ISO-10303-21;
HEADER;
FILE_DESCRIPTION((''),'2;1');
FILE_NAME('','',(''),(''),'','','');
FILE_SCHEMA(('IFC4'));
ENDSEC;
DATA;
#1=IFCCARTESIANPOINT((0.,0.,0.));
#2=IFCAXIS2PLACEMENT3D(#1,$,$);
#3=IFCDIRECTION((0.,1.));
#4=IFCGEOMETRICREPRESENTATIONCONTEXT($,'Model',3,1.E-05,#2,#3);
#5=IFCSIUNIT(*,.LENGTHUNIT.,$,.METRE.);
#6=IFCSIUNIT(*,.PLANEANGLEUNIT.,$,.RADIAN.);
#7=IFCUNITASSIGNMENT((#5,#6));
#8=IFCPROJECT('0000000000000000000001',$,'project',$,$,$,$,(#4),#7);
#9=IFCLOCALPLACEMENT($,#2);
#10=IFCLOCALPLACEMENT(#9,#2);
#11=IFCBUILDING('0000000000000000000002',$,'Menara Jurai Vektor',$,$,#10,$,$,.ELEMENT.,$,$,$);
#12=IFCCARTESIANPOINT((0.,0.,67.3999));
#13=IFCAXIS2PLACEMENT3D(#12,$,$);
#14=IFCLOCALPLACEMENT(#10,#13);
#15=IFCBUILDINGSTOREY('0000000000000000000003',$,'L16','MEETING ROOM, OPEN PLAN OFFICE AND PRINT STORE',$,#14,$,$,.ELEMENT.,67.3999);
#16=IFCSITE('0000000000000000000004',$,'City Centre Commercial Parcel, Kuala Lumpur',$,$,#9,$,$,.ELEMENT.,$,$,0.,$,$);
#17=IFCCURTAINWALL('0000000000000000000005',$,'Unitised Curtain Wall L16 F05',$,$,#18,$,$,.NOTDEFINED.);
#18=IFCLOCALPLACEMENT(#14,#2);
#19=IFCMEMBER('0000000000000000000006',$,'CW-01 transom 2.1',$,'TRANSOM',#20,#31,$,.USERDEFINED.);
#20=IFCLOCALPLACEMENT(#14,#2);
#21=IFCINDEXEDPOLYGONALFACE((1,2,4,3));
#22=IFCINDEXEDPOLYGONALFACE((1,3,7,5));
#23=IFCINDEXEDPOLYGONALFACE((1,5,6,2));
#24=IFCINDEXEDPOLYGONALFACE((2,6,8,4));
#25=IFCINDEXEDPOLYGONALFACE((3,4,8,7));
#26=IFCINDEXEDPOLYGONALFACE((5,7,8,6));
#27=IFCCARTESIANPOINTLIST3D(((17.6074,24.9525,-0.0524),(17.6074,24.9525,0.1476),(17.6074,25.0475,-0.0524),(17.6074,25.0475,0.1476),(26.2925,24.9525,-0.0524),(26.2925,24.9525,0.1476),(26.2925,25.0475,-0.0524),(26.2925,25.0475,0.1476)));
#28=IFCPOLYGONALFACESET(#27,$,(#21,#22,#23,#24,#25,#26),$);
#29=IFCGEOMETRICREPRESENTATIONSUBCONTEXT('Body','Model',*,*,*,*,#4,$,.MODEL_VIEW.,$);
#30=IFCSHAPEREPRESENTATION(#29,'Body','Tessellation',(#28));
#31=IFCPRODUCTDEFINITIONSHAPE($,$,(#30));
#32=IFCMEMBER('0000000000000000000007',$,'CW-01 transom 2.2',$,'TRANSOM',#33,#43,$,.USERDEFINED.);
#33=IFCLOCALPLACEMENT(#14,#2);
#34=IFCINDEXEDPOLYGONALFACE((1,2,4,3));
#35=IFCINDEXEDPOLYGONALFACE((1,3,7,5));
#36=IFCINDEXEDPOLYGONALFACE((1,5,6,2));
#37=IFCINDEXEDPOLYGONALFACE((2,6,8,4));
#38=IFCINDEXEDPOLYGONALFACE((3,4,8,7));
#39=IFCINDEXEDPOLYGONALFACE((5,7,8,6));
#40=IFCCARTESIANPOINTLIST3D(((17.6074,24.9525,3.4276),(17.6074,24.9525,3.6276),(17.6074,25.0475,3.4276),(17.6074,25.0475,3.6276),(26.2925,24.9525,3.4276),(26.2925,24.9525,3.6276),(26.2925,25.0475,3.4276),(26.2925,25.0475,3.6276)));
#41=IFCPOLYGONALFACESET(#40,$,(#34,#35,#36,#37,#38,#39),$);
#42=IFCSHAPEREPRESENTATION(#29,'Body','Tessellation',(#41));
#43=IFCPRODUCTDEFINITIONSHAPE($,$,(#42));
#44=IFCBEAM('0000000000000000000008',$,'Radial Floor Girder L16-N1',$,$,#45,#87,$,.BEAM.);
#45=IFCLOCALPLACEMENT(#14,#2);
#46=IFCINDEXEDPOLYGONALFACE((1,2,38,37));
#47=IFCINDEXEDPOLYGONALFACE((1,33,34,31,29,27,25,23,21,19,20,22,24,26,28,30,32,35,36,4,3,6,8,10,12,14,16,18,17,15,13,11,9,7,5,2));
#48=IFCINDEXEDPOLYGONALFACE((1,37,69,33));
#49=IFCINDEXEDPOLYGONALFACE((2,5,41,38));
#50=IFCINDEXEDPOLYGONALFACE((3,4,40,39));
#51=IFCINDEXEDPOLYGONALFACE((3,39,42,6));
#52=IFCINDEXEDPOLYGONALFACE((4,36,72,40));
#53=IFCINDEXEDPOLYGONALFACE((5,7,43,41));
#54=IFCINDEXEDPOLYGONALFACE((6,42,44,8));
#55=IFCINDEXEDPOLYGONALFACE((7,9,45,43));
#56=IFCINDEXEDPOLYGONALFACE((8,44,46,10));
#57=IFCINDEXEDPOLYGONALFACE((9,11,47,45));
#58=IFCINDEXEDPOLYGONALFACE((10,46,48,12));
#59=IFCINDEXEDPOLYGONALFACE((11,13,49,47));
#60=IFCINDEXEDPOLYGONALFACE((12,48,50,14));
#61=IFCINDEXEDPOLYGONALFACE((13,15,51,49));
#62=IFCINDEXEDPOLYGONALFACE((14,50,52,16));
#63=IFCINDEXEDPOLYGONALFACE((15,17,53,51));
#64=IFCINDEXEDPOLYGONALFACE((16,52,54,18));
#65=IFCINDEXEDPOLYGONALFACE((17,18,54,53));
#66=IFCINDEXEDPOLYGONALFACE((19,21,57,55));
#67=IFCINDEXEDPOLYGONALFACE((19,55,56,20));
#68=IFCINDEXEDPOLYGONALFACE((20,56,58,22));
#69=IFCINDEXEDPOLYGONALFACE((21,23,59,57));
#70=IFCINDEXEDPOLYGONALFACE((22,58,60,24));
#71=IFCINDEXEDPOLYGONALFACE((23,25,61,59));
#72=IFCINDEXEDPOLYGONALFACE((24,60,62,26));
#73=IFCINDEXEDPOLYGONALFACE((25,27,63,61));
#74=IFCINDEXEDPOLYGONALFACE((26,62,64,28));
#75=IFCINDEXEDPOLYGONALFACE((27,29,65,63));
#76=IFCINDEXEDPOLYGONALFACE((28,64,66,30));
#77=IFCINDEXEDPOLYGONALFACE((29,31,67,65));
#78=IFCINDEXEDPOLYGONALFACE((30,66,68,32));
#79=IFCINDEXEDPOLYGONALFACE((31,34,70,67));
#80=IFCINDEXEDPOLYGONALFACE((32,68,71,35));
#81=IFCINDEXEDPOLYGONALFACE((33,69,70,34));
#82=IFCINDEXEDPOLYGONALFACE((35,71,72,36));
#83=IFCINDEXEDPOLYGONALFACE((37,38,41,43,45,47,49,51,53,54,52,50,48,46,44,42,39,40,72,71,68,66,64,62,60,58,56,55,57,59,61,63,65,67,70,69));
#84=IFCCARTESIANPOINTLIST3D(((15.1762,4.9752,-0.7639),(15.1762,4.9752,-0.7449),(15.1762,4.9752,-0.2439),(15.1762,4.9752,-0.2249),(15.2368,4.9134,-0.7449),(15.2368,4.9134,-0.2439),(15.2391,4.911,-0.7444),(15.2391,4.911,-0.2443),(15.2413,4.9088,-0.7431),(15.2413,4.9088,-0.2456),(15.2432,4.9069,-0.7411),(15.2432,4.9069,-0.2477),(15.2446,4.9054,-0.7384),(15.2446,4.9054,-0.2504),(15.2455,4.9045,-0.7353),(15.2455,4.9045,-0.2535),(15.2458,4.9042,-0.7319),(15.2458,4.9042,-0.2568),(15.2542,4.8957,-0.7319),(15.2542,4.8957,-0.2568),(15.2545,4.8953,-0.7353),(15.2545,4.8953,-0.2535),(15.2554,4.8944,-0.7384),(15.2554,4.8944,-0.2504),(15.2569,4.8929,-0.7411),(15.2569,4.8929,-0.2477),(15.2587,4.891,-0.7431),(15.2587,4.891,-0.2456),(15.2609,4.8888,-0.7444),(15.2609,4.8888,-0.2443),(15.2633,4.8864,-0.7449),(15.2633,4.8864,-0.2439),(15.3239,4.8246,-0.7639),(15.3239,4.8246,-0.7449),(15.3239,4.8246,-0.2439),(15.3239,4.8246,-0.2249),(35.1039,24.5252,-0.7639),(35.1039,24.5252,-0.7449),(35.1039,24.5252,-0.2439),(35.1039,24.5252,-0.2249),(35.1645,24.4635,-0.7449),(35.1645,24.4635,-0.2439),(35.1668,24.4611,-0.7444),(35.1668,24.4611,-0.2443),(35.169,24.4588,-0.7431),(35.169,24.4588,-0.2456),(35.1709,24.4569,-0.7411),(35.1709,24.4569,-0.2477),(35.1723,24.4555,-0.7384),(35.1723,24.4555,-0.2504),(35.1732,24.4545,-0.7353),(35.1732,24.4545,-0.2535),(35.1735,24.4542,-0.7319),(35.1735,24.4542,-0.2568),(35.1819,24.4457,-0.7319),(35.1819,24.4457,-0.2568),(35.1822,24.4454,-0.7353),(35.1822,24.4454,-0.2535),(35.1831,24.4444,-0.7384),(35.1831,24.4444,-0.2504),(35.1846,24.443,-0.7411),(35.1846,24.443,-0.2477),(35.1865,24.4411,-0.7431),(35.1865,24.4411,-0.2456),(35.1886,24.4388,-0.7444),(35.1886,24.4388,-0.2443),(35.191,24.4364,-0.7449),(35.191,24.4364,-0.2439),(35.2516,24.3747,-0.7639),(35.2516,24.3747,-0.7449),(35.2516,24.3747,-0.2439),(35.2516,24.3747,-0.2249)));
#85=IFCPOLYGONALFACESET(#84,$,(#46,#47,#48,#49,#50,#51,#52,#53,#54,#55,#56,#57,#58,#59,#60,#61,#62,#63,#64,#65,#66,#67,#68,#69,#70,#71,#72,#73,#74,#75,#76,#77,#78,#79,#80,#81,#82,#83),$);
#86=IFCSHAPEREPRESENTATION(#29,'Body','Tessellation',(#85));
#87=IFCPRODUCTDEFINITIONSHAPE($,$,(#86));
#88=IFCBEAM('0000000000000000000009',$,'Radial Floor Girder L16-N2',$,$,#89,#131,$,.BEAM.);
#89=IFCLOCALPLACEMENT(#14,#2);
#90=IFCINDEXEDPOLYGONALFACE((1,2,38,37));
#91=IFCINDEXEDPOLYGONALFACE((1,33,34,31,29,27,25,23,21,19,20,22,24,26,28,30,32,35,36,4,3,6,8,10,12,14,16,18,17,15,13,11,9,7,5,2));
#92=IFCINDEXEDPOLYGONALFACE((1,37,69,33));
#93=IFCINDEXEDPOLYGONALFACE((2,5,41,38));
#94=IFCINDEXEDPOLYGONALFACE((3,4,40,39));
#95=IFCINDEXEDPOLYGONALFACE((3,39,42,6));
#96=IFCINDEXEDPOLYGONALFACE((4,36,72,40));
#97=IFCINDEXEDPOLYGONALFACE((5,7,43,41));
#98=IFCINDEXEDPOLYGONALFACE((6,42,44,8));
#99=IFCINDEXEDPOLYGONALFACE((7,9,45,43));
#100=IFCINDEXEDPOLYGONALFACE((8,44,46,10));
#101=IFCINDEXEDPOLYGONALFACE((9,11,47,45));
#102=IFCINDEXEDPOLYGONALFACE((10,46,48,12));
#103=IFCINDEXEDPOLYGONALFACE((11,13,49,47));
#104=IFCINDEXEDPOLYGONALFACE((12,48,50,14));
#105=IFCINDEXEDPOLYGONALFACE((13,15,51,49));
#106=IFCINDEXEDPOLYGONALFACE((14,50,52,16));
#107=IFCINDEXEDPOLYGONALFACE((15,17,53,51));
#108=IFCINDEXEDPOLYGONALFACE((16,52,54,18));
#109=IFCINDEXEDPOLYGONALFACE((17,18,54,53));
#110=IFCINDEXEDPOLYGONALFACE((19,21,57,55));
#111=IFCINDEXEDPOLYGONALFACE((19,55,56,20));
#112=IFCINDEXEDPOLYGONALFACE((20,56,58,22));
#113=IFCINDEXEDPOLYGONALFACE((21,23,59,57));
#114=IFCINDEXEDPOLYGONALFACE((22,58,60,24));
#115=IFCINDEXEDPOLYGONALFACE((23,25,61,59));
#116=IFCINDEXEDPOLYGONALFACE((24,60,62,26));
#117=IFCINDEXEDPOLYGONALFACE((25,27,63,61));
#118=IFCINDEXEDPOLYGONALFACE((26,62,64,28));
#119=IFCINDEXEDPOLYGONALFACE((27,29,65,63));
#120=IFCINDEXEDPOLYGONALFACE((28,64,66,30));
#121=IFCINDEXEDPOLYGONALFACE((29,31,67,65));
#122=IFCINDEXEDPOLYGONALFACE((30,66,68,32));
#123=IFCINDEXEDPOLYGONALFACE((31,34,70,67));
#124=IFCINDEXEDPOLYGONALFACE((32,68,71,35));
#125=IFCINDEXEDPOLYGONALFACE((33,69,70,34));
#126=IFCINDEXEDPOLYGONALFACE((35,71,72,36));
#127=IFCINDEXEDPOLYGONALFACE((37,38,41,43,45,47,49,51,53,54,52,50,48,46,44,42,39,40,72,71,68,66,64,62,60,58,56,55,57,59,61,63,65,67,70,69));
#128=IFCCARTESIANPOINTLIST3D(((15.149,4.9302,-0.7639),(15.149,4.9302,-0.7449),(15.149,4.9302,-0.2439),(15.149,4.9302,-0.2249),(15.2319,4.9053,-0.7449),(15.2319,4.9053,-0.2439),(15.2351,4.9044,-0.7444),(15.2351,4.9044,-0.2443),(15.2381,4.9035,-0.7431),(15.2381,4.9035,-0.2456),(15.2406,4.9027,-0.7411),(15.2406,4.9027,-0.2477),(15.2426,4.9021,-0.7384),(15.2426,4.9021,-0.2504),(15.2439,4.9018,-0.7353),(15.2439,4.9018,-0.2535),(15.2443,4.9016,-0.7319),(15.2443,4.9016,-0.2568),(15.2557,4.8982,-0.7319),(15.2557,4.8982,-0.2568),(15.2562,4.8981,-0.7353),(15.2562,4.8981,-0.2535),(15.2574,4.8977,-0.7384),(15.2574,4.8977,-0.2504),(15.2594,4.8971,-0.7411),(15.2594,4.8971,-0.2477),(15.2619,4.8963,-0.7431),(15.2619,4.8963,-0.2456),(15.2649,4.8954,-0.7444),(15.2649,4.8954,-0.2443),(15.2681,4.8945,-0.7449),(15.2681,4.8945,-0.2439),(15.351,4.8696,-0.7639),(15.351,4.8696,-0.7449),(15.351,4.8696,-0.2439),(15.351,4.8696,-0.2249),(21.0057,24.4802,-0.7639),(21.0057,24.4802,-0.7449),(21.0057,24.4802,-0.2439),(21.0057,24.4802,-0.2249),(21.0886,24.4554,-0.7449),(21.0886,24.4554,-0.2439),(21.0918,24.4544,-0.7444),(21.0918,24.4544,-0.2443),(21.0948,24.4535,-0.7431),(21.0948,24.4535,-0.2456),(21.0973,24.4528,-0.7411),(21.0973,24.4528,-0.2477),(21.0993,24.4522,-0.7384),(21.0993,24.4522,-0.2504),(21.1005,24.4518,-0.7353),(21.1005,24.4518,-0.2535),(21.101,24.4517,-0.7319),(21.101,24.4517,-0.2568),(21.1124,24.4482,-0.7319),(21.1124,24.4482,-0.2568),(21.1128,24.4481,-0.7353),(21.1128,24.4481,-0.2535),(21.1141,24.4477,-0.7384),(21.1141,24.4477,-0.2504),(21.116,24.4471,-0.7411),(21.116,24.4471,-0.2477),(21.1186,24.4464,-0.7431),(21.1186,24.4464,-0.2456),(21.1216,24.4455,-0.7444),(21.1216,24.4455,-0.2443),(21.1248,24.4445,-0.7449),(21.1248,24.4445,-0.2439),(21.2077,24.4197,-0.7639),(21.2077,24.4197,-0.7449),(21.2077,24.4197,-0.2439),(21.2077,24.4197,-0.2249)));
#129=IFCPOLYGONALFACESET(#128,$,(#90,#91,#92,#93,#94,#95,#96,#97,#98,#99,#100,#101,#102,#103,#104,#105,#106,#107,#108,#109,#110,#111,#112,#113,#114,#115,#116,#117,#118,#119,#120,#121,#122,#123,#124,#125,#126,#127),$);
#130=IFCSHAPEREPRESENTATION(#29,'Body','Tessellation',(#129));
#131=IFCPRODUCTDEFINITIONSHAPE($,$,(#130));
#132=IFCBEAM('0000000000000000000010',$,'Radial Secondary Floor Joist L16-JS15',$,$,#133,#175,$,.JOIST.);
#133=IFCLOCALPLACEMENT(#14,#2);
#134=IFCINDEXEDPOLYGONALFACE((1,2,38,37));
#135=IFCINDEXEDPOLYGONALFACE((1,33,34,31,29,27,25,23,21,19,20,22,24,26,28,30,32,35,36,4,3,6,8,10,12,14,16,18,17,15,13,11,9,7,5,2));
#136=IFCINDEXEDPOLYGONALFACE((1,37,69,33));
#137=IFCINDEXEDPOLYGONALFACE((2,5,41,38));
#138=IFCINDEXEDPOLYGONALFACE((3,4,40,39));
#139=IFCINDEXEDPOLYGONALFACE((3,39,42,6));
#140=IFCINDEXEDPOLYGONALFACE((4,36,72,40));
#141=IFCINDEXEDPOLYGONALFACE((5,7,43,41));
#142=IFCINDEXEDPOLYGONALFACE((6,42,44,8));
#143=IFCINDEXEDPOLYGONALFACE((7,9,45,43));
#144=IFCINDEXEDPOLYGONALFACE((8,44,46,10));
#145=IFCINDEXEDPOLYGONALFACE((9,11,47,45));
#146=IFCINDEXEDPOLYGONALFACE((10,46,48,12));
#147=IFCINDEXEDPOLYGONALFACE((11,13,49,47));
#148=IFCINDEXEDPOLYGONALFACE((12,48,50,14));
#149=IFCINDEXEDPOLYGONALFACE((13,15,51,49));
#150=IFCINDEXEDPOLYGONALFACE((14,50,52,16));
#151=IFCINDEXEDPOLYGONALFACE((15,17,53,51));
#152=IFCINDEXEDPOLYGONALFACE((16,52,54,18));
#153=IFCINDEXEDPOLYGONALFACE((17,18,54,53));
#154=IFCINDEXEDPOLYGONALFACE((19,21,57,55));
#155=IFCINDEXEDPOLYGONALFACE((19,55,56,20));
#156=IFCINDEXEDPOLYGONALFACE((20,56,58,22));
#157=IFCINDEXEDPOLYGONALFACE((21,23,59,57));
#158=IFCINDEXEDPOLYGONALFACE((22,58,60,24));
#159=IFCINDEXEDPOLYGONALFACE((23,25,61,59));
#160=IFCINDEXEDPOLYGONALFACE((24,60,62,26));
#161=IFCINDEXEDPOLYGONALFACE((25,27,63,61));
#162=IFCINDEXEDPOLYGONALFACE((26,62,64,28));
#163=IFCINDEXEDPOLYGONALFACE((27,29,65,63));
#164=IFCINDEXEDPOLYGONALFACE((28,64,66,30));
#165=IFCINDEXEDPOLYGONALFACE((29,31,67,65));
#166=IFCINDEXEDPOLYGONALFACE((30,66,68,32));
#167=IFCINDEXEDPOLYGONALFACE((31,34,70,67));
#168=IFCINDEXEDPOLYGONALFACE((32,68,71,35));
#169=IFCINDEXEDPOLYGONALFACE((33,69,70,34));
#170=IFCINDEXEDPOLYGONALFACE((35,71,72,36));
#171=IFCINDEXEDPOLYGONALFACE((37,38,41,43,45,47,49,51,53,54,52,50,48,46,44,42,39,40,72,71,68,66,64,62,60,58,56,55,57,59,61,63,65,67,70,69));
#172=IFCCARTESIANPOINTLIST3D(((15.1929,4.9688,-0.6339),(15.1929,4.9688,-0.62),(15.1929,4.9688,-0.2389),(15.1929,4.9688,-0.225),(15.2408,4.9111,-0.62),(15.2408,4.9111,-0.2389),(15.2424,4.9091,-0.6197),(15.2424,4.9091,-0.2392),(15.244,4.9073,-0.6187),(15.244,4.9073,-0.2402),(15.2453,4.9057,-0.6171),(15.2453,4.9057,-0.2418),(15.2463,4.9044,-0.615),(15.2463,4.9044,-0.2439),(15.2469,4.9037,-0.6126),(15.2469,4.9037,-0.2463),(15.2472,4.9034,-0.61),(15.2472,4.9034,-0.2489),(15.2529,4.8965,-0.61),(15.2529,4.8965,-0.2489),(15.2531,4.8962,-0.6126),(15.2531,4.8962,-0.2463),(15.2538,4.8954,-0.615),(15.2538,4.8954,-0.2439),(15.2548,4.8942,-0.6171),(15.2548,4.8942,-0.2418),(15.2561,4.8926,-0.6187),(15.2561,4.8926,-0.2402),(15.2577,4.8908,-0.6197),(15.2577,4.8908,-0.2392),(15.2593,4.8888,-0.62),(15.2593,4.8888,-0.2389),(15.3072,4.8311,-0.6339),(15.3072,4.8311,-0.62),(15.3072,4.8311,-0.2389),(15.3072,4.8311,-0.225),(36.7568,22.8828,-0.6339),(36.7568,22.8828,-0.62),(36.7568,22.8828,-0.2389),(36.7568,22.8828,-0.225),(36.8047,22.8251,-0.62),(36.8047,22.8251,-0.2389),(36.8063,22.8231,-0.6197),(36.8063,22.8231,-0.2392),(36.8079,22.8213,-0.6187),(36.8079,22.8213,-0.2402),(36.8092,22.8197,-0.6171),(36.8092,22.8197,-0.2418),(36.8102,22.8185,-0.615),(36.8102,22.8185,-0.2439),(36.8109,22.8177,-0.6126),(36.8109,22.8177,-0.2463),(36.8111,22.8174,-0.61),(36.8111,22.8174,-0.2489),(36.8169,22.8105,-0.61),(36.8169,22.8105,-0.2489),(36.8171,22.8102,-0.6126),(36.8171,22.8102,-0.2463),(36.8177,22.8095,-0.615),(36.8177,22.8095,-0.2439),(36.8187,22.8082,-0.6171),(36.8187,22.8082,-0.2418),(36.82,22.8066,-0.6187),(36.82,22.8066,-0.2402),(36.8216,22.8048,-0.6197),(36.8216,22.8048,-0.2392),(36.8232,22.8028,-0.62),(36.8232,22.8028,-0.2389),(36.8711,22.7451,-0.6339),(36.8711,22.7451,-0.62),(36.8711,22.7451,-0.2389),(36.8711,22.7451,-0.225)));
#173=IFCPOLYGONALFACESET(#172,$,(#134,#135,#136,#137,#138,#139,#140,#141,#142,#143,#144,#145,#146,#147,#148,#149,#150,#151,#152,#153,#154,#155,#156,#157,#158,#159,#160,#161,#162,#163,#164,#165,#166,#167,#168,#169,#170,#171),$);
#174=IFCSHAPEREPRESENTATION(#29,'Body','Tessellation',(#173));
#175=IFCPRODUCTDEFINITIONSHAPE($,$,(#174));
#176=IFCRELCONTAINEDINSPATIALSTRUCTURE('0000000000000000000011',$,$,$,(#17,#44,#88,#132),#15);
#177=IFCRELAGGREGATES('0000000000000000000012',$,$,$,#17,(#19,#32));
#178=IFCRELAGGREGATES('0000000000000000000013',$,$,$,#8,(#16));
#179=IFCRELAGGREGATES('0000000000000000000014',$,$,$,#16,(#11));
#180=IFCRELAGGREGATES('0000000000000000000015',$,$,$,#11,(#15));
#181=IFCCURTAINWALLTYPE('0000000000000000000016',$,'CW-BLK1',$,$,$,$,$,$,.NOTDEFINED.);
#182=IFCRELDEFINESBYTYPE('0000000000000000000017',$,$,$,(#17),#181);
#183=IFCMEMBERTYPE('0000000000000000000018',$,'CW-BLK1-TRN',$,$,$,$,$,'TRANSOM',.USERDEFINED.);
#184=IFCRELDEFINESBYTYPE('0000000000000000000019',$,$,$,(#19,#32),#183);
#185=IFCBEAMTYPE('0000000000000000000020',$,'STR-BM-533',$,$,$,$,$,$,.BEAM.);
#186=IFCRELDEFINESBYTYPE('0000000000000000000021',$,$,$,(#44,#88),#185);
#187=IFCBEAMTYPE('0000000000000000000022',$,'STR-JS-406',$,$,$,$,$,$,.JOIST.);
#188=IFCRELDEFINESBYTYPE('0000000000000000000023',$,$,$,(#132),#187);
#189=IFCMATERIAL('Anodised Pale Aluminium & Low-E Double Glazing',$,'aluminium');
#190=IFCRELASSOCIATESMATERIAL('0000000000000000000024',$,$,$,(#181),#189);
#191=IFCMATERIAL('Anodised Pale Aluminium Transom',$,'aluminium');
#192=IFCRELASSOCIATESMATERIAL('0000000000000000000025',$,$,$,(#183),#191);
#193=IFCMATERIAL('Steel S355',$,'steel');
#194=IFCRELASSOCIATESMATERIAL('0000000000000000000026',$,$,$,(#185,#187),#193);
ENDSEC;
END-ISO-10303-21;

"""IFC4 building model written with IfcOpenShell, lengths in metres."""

from ifc_helpers import new_model, si_unit, direction, frame, origin, origin_2d, place, context, subcontext, project, spatial, rectangle, i_section, extrude, material, material_profile, profile_set, type_object, element, aggregate, save


model = new_model("IFC4")

# Units and contexts
model_context = context("Model", 3, precision=1e-05, world=origin(), true_north=direction((0.0, 1.0)))
body_context = subcontext(model_context, "Body", "Model", "MODEL_VIEW")
ifc_project = project(units=[si_unit("LENGTHUNIT", "METRE"), si_unit("PLANEANGLEUNIT", "RADIAN")], contexts=[model_context])

# Site, building, storey
site_placement = place(None, origin())
site = spatial("IfcSite", under=ifc_project, at=site_placement, Name="City Centre Commercial Parcel, Kuala Lumpur", CompositionType="ELEMENT", RefElevation=0.0)
building_placement = place(site_placement, origin())
building = spatial("IfcBuilding", under=site, at=building_placement, Name="Menara Jurai Vektor", CompositionType="ELEMENT")
storey_placement = place(building_placement, frame((0.0, 0.0, 67.3999)))
storey = spatial("IfcBuildingStorey", under=building, at=storey_placement, Name="L16", Description="MEETING ROOM, OPEN PLAN OFFICE AND PRINT STORE", CompositionType="ELEMENT", Elevation=67.3999)

# Shared definitions
ifc_material_1 = material(Name="Anodised Pale Aluminium & Low-E Double Glazing", Category="aluminium")
curtain_wall_type = type_object("IfcCurtainWallType", Name="CW-BLK1", PredefinedType="NOTDEFINED", material=ifc_material_1)

# Curtain wall
curtain_wall_1_placement = place(storey_placement, origin())
curtain_wall_1 = element("IfcCurtainWall", 1, at=curtain_wall_1_placement, inside=storey, type_object=curtain_wall_type, Name="Unitised Curtain Wall L16 F05", PredefinedType="NOTDEFINED")

# Members
ifc_material_2 = material(Name="Anodised Pale Aluminium Transom", Category="aluminium")
ifc_material_profile_1 = material_profile(ifc_material_2, rectangle(XDim=0.095, YDim=0.2, at=origin_2d()), Name="ALU TRN 95x200")
ifc_profile_set_1 = profile_set([ifc_material_profile_1], Name="Anodised Pale Aluminium Transom")
member_type_1 = type_object("IfcMemberType", Name="CW-BLK1-TRN", ElementType="TRANSOM", PredefinedType="USERDEFINED", material=ifc_profile_set_1)
member_1_placement = place(storey_placement, frame((26.2925, 25.0, 0.0476), z_axis=(-1.0, 0.0, 0.0), x_axis=(0.0, -1.0, 0.0)))
member_1 = element("IfcMember", 2, at=member_1_placement, type_object=member_type_1, Name="CW-01 transom 2.1", ObjectType="TRANSOM", PredefinedType="USERDEFINED", context=body_context, shape_type="SweptSolid", body=[
    extrude(rectangle(XDim=0.095, YDim=0.2, at=origin_2d()), origin(), (0.0, 0.0, 1.0), 8.6851),
])
member_2_placement = place(storey_placement, frame((26.2925, 25.0, 3.5276), z_axis=(-1.0, 0.0, 0.0), x_axis=(0.0, -1.0, 0.0)))
member_2 = element("IfcMember", 3, at=member_2_placement, type_object=member_type_1, Name="CW-01 transom 2.2", ObjectType="TRANSOM", PredefinedType="USERDEFINED", context=body_context, shape_type="SweptSolid", body=[
    extrude(rectangle(XDim=0.095, YDim=0.2, at=origin_2d()), origin(), (0.0, 0.0, 1.0), 8.6851),
])

# Beams
ifc_material_3 = material(Name="Steel S355", Category="steel")
ifc_material_profile_2 = material_profile(ifc_material_3, i_section(OverallWidth=0.2109, OverallDepth=0.5391, WebThickness=0.012, FlangeThickness=0.019, FilletRadius=0.0129, at=origin_2d()), Name="UKB 533x210x109")
ifc_profile_set_2 = profile_set([ifc_material_profile_2], Name="Steel S355")
beam_type_1 = type_object("IfcBeamType", Name="STR-BM-533", PredefinedType="BEAM", material=ifc_profile_set_2)
beam_1_placement = place(storey_placement, frame((35.1777, 24.45, -0.4944), z_axis=(-0.713839, -0.70031, 0.0), x_axis=(0.70031, -0.713839, 0.0)))
element("IfcBeam", 4, at=beam_1_placement, inside=storey, type_object=beam_type_1, Name="Radial Floor Girder L16-N1", PredefinedType="BEAM", context=body_context, shape_type="SweptSolid", body=[
    extrude(i_section(OverallWidth=0.2109, OverallDepth=0.5391, WebThickness=0.012, FlangeThickness=0.019, FilletRadius=0.0129, at=origin_2d()), origin(), (0.0, 0.0, 1.0), 27.9163),
])
beam_2_placement = place(storey_placement, frame((21.1067, 24.45, -0.4944), z_axis=(-0.286974, -0.957938, 0.0), x_axis=(0.957938, -0.286974, 0.0)))
element("IfcBeam", 5, at=beam_2_placement, inside=storey, type_object=beam_type_1, Name="Radial Floor Girder L16-N2", PredefinedType="BEAM", context=body_context, shape_type="SweptSolid", body=[
    extrude(i_section(OverallWidth=0.2109, OverallDepth=0.5391, WebThickness=0.012, FlangeThickness=0.019, FilletRadius=0.0129, at=origin_2d()), origin(), (0.0, 0.0, 1.0), 20.4084),
])
ifc_material_profile_3 = material_profile(ifc_material_3, i_section(OverallWidth=0.179, OverallDepth=0.4089, WebThickness=0.009, FlangeThickness=0.0139, FilletRadius=0.01, at=origin_2d()), Name="UKB 406x178x67")
ifc_profile_set_3 = profile_set([ifc_material_profile_3], Name="Steel S355")
beam_type_2 = type_object("IfcBeamType", Name="STR-JS-406", PredefinedType="JOIST", material=ifc_profile_set_3)
beam_3_placement = place(storey_placement, frame((36.814, 22.814, -0.4294), z_axis=(-0.769201, -0.639007, 0.0), x_axis=(0.639007, -0.769201, 0.0)))
element("IfcBeam", 6, at=beam_3_placement, inside=storey, type_object=beam_type_2, Name="Radial Secondary Floor Joist L16-JS15", PredefinedType="JOIST", context=body_context, shape_type="SweptSolid", body=[
    extrude(i_section(OverallWidth=0.179, OverallDepth=0.4089, WebThickness=0.009, FlangeThickness=0.0139, FilletRadius=0.01, at=origin_2d()), origin(), (0.0, 0.0, 1.0), 28.0342),
])

aggregate(curtain_wall_1, [member_1, member_2])

save(model, "model.ifc")
